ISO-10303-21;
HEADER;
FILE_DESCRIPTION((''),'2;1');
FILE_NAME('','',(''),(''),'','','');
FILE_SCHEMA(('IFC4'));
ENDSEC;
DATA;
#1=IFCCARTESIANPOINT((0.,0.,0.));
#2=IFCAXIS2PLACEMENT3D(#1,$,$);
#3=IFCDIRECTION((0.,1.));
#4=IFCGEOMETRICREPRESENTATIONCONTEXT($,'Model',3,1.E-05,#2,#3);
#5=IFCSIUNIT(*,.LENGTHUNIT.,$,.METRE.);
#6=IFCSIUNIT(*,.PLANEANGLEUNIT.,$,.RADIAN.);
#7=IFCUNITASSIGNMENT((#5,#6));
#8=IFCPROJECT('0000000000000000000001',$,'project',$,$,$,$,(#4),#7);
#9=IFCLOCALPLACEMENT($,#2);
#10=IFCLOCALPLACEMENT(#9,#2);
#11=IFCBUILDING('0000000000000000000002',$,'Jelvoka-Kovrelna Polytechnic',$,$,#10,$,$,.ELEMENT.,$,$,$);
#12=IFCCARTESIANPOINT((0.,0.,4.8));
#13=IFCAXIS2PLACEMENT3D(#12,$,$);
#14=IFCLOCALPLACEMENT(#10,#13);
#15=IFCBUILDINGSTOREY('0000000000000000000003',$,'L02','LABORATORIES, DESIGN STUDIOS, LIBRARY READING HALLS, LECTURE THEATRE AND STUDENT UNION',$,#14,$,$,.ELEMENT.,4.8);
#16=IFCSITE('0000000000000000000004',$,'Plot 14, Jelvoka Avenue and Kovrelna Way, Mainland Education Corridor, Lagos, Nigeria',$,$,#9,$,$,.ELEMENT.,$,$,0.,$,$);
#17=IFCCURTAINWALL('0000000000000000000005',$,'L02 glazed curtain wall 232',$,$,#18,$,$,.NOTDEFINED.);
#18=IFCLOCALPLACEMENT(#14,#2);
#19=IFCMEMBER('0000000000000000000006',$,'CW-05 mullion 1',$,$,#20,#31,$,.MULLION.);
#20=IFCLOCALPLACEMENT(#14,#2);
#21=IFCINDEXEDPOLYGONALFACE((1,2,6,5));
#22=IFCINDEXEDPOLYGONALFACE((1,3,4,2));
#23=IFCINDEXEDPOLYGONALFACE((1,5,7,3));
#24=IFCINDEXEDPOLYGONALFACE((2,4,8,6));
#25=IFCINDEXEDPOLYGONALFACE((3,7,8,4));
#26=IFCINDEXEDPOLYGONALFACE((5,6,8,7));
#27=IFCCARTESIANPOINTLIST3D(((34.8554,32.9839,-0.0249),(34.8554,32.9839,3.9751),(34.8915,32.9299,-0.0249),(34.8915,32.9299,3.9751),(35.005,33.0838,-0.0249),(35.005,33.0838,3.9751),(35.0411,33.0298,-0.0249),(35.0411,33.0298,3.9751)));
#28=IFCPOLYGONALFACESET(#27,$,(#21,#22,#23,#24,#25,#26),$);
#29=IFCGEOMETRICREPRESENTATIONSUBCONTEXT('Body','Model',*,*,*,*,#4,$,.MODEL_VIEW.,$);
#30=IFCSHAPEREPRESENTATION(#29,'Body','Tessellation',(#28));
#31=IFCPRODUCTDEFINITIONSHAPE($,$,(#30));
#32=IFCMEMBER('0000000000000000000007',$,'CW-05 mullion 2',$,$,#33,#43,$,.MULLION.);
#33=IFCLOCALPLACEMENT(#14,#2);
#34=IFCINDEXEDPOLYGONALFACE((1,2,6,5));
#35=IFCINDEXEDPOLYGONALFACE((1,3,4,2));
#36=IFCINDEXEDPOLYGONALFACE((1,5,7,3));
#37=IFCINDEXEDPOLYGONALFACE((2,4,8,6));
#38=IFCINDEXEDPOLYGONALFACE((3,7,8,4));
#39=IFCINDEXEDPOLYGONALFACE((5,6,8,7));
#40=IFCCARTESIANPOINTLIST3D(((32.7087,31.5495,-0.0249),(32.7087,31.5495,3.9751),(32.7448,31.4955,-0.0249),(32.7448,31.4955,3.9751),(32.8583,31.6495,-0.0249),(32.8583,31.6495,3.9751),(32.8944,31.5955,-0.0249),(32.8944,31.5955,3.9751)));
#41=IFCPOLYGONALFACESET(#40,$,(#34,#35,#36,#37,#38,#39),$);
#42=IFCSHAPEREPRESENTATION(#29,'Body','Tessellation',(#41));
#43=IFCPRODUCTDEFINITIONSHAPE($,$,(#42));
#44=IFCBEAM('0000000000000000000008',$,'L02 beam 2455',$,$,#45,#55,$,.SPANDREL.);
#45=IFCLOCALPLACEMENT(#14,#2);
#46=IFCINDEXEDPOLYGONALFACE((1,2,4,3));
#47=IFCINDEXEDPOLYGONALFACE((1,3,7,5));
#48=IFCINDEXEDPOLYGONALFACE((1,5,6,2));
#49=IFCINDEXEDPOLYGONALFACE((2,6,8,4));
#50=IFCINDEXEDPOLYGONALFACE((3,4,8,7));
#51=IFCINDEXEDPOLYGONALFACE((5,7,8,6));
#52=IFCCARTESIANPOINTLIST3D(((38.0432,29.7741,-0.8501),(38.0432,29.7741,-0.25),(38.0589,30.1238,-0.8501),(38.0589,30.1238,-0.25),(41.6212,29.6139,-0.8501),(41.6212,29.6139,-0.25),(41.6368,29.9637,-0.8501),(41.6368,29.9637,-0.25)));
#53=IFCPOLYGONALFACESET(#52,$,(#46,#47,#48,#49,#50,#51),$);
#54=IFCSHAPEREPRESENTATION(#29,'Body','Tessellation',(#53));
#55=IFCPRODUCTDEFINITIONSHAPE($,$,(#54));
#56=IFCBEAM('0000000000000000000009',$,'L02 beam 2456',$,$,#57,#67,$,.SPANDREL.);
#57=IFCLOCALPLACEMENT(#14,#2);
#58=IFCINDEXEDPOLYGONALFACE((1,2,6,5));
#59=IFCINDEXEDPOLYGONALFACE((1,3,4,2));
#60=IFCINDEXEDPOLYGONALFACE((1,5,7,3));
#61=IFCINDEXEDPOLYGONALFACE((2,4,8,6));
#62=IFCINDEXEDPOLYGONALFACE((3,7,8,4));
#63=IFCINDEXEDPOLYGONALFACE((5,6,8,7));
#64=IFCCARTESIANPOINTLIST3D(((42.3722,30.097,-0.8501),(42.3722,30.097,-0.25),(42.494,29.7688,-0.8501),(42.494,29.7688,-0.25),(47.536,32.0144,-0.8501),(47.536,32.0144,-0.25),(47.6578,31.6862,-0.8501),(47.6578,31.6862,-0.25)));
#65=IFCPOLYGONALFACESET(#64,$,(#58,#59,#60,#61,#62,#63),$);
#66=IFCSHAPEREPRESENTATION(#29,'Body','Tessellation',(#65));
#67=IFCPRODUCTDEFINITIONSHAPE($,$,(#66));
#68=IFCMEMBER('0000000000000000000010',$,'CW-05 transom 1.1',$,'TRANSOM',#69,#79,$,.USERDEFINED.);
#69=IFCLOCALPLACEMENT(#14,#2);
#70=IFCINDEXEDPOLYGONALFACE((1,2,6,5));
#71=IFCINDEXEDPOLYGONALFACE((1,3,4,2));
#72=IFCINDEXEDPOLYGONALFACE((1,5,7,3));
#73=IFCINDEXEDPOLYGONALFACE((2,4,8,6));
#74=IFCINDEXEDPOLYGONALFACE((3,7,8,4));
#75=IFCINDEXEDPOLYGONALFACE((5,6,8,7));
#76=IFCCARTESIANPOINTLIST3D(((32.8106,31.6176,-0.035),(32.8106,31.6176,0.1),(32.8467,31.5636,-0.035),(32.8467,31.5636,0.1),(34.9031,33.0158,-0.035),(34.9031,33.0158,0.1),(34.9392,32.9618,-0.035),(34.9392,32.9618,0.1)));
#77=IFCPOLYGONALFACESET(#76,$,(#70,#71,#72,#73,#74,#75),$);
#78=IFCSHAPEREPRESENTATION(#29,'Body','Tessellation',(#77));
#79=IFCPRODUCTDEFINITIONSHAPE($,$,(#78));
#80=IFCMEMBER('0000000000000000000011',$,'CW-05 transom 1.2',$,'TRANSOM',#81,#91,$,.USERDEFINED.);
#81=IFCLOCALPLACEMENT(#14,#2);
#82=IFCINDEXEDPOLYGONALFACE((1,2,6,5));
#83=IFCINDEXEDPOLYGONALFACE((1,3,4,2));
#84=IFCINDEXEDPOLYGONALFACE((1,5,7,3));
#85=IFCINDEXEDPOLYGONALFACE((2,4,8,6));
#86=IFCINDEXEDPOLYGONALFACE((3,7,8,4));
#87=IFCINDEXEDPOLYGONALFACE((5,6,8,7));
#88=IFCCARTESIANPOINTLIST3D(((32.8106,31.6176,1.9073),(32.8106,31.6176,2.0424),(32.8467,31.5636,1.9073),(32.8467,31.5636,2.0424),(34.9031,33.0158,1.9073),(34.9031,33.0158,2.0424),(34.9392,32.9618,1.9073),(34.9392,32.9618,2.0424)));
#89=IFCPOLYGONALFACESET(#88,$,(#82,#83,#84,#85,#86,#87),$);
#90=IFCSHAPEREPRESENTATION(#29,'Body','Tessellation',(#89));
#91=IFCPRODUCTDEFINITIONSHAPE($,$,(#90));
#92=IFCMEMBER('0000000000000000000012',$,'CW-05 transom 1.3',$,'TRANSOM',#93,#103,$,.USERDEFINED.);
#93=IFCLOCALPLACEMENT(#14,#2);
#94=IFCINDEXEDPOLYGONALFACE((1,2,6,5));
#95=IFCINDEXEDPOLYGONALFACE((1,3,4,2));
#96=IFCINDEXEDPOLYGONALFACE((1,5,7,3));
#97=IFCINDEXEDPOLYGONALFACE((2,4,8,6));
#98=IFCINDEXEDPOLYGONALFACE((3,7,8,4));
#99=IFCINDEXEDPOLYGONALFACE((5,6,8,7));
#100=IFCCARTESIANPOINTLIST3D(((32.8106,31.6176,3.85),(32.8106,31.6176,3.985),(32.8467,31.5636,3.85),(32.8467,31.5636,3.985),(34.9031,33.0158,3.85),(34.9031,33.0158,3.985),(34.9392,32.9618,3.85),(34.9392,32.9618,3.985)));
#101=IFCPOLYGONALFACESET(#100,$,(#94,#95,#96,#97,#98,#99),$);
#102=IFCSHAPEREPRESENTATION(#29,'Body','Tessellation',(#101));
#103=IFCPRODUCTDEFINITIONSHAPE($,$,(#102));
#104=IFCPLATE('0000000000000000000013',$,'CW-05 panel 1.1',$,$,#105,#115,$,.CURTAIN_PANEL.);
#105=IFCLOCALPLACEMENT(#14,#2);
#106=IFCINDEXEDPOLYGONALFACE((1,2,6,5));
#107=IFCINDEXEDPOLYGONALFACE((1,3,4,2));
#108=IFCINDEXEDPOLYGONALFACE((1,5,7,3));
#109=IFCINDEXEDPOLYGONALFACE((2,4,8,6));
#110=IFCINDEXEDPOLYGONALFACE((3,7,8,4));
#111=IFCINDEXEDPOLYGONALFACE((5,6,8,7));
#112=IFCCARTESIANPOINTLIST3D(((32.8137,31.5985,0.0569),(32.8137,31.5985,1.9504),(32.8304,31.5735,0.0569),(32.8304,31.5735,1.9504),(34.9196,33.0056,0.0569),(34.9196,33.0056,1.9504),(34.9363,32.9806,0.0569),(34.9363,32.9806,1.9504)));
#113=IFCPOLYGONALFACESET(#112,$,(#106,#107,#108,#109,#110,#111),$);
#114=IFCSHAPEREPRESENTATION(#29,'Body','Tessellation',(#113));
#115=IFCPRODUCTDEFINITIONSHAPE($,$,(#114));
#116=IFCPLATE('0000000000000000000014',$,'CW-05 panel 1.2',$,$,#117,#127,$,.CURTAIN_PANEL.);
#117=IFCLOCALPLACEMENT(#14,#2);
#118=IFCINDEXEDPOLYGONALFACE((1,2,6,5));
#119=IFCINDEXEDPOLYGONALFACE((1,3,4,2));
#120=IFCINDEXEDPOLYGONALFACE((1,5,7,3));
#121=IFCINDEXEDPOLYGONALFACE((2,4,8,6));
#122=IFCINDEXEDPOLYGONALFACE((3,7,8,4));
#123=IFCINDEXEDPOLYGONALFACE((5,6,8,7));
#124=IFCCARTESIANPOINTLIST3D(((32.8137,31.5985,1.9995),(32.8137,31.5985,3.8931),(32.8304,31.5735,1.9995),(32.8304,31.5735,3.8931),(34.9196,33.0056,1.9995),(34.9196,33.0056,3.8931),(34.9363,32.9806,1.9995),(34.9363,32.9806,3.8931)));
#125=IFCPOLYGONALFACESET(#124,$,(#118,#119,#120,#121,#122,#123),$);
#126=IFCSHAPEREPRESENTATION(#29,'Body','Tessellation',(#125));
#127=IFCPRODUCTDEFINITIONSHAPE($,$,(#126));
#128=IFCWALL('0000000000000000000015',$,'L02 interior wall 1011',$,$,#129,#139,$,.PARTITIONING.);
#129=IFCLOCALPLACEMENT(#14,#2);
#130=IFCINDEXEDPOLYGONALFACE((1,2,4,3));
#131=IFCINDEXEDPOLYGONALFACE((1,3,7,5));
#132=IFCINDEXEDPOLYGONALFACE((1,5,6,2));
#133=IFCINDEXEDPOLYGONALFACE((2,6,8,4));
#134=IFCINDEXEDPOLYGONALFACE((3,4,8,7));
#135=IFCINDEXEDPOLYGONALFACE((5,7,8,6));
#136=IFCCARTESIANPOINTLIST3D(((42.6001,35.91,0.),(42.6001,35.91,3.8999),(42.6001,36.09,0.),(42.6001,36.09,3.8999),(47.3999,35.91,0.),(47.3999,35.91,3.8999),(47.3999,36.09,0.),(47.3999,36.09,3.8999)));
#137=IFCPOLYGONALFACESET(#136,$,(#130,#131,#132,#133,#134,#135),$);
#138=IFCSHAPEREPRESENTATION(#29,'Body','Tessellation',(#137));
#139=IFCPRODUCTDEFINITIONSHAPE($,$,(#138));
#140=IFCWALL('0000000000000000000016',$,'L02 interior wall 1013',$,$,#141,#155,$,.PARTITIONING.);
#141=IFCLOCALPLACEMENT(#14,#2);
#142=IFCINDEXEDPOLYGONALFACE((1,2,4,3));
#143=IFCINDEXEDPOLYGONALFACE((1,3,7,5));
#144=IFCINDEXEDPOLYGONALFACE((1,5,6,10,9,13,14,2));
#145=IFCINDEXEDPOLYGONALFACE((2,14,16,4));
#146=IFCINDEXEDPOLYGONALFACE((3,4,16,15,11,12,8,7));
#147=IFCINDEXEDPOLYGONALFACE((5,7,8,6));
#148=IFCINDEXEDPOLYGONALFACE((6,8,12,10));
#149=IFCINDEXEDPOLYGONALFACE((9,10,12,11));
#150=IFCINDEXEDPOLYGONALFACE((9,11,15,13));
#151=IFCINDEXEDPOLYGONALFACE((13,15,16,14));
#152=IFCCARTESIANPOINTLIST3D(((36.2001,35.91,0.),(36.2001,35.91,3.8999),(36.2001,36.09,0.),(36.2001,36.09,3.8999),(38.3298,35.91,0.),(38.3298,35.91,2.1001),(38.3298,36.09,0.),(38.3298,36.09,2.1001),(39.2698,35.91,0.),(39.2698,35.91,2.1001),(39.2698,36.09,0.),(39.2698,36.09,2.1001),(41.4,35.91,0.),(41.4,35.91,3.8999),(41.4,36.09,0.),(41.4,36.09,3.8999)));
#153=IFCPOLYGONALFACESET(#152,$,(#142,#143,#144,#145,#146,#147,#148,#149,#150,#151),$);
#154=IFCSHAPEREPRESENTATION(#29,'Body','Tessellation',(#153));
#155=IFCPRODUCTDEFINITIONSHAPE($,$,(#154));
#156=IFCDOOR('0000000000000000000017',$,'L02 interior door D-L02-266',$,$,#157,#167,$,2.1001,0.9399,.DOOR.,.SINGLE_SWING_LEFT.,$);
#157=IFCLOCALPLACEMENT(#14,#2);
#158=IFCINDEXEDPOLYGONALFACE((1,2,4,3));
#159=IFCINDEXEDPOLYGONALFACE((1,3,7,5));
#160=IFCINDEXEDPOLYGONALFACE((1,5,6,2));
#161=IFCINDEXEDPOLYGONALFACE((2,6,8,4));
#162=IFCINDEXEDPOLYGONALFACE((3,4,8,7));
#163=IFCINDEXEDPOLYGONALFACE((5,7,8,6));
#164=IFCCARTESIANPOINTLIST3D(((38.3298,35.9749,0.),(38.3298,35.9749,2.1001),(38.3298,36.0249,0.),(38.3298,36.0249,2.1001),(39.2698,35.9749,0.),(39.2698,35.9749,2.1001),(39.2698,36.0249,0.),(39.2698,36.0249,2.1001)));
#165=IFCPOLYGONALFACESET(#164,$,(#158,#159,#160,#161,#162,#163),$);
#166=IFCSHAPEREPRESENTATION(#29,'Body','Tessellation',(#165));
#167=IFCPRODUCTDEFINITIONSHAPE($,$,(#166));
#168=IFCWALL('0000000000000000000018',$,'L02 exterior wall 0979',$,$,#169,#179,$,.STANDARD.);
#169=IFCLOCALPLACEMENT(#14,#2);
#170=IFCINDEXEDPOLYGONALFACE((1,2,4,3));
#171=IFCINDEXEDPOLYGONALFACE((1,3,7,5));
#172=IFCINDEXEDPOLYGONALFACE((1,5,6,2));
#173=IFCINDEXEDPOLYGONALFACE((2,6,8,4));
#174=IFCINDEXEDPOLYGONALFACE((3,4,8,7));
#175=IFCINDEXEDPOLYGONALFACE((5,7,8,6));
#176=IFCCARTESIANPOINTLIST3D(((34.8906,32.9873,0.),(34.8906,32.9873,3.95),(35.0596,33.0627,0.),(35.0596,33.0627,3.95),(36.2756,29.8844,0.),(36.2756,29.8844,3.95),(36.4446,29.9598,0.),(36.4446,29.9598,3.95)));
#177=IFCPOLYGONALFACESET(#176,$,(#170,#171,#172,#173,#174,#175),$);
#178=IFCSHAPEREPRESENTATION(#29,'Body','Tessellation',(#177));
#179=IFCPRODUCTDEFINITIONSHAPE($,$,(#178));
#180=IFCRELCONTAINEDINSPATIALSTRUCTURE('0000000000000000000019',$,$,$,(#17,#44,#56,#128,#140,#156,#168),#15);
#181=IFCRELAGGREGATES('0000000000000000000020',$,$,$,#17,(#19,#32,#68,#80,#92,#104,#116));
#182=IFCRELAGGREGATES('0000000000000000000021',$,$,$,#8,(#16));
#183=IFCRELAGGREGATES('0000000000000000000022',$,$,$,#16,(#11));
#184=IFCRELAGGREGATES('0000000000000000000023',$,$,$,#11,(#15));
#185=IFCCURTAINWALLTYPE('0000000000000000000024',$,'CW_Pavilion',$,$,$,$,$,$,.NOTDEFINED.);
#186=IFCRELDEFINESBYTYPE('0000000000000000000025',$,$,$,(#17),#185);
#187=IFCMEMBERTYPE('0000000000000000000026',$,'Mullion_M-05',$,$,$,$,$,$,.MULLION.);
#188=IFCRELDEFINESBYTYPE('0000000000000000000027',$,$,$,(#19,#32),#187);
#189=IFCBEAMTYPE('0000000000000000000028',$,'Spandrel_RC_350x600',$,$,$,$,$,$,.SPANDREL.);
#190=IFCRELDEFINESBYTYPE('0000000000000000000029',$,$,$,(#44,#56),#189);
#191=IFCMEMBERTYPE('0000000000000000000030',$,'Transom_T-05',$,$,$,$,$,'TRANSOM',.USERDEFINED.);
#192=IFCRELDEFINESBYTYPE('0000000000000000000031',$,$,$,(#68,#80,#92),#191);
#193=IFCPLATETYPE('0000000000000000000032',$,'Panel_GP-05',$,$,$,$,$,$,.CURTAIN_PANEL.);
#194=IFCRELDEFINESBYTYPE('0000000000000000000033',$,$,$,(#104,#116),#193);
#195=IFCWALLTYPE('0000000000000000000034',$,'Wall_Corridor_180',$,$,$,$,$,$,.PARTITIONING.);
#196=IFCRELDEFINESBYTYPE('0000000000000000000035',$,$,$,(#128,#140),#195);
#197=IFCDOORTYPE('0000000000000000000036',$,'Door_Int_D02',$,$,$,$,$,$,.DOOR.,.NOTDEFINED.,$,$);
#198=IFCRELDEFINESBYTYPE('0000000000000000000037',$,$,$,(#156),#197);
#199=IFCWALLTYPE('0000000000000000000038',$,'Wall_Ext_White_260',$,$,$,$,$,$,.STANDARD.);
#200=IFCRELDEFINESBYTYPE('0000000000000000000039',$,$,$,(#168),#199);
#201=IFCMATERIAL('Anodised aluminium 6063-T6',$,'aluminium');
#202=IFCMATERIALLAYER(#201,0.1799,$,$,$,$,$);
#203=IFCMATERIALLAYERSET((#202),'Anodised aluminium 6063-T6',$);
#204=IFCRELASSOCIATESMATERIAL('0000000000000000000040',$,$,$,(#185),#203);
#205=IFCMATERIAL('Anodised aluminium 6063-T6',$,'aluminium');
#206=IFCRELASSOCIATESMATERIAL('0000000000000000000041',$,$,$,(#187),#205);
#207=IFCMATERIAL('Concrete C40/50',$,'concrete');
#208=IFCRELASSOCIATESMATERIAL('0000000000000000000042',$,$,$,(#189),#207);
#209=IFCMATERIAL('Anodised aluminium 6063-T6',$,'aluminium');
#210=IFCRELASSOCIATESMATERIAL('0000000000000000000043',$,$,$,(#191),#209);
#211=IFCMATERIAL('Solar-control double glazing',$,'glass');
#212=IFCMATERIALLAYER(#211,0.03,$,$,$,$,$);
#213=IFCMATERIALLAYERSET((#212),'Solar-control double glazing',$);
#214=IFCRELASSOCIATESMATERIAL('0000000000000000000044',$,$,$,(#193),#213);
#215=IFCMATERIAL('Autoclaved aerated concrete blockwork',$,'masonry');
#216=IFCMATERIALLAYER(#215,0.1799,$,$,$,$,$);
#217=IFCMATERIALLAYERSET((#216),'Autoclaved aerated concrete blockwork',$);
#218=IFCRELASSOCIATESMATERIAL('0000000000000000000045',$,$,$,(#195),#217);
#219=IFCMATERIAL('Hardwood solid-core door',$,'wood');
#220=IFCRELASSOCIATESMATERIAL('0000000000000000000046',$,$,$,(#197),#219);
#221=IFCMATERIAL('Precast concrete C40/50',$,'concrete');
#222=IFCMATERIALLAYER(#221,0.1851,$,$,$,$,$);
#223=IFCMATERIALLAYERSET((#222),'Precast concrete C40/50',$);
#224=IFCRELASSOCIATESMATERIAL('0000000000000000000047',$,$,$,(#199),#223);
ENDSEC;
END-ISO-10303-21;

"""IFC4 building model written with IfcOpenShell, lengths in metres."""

from ifc_helpers import new_model, si_unit, direction, frame, frame_2d, origin, origin_2d, place, context, subcontext, project, spatial, rectangle, extrude, material, layer, layer_set, material_profile, profile_set, type_object, element, fill, aggregate, save


model = new_model("IFC4")

# Units and contexts
model_context = context("Model", 3, precision=1e-05, world=origin(), true_north=direction((0.0, 1.0)))
body_context = subcontext(model_context, "Body", "Model", "MODEL_VIEW")
ifc_project = project(units=[si_unit("LENGTHUNIT", "METRE"), si_unit("PLANEANGLEUNIT", "RADIAN")], contexts=[model_context])

# Site, building, storey
site_placement = place(None, origin())
site = spatial("IfcSite", under=ifc_project, at=site_placement, Name="Plot 14, Jelvoka Avenue and Kovrelna Way, Mainland Education Corridor, Lagos, Nigeria", CompositionType="ELEMENT", RefElevation=0.0)
building_placement = place(site_placement, origin())
building = spatial("IfcBuilding", under=site, at=building_placement, Name="Jelvoka-Kovrelna Polytechnic", CompositionType="ELEMENT")
storey_placement = place(building_placement, frame((0.0, 0.0, 4.8)))
storey = spatial("IfcBuildingStorey", under=building, at=storey_placement, Name="L02", Description="LABORATORIES, DESIGN STUDIOS, LIBRARY READING HALLS, LECTURE THEATRE AND STUDENT UNION", CompositionType="ELEMENT", Elevation=4.8)

# Curtain wall, members
ifc_material_1 = material(Name="Anodised aluminium 6063-T6", Category="aluminium")
ifc_layer_1 = layer(ifc_material_1, 0.1799)
ifc_layer_set_1 = layer_set([ifc_layer_1], Name="Anodised aluminium 6063-T6")
curtain_wall_type = type_object("IfcCurtainWallType", Name="CW_Pavilion", PredefinedType="NOTDEFINED", material=ifc_layer_set_1)
curtain_wall_placement = place(storey_placement, origin())
curtain_wall = element("IfcCurtainWall", 1, at=curtain_wall_placement, inside=storey, type_object=curtain_wall_type, Name="L02 glazed curtain wall 232", PredefinedType="NOTDEFINED")
ifc_material_2 = material(Name="Anodised aluminium 6063-T6", Category="aluminium")
ifc_material_profile_1 = material_profile(ifc_material_2, rectangle(XDim=0.0649, YDim=0.1799, at=origin_2d()), Name="ALU 65x180")
ifc_profile_set_1 = profile_set([ifc_material_profile_1], Name="Anodised aluminium 6063-T6")
member_type_1 = type_object("IfcMemberType", Name="Mullion_M-05", PredefinedType="MULLION", material=ifc_profile_set_1)
member_1_placement = place(storey_placement, frame((34.9482, 33.0068, -0.0249), z_axis=(0.0, 0.0, 1.0), x_axis=(0.555583, -0.831461, 0.0)))
member_1 = element("IfcMember", 2, at=member_1_placement, type_object=member_type_1, Name="CW-05 mullion 1", PredefinedType="MULLION", context=body_context, shape_type="SweptSolid", body=[
    extrude(rectangle(XDim=0.0649, YDim=0.1799, at=origin_2d()), origin(), (0.0, 0.0, 1.0), 4.0),
])
member_2_placement = place(storey_placement, frame((32.8015, 31.5725, -0.0249), z_axis=(0.0, 0.0, 1.0), x_axis=(0.555583, -0.831461, 0.0)))
member_2 = element("IfcMember", 3, at=member_2_placement, type_object=member_type_1, Name="CW-05 mullion 2", PredefinedType="MULLION", context=body_context, shape_type="SweptSolid", body=[
    extrude(rectangle(XDim=0.0649, YDim=0.1799, at=origin_2d()), origin(), (0.0, 0.0, 1.0), 4.0),
])

# Beams
ifc_material_3 = material(Name="Concrete C40/50", Category="concrete")
ifc_material_profile_2 = material_profile(ifc_material_3, rectangle(XDim=0.3501, YDim=0.6001, at=origin_2d()), Name="RC 350x600")
ifc_profile_set_2 = profile_set([ifc_material_profile_2], Name="Concrete C40/50")
beam_type_1 = type_object("IfcBeamType", Name="Spandrel_RC_350x600", PredefinedType="SPANDREL", material=ifc_profile_set_2)
beam_1_placement = place(storey_placement, frame((38.051, 29.949, -0.55), z_axis=(0.999, -0.044718, 0.0), x_axis=(0.044718, 0.999, 0.0)))
element("IfcBeam", 4, at=beam_1_placement, inside=storey, type_object=beam_type_1, Name="L02 beam 2455", PredefinedType="SPANDREL", context=body_context, shape_type="SweptSolid", body=[
    extrude(rectangle(XDim=0.3501, YDim=0.6001, at=origin_2d()), origin(), (0.0, 0.0, 1.0), 3.5815),
])
beam_2_placement = place(storey_placement, frame((42.4331, 29.9329, -0.55), z_axis=(0.937455, 0.348105, 0.0), x_axis=(-0.348105, 0.937455, 0.0)))
element("IfcBeam", 5, at=beam_2_placement, inside=storey, type_object=beam_type_1, Name="L02 beam 2456", PredefinedType="SPANDREL", context=body_context, shape_type="SweptSolid", body=[
    extrude(rectangle(XDim=0.3501, YDim=0.6001, at=origin_2d()), origin(), (0.0, 0.0, 1.0), 5.5083),
])

# Members
ifc_material_4 = material(Name="Anodised aluminium 6063-T6", Category="aluminium")
ifc_material_profile_3 = material_profile(ifc_material_4, rectangle(XDim=0.0649, YDim=0.135, at=origin_2d()), Name="ALU 65x135")
ifc_profile_set_3 = profile_set([ifc_material_profile_3], Name="Anodised aluminium 6063-T6")
member_type_2 = type_object("IfcMemberType", Name="Transom_T-05", ElementType="TRANSOM", PredefinedType="USERDEFINED", material=ifc_profile_set_3)
member_3_placement = place(storey_placement, frame((34.9211, 32.9888, 0.0325), z_axis=(-0.831468, -0.555573, 0.0), x_axis=(0.555573, -0.831468, 0.0)))
member_3 = element("IfcMember", 6, at=member_3_placement, type_object=member_type_2, Name="CW-05 transom 1.1", ObjectType="TRANSOM", PredefinedType="USERDEFINED", context=body_context, shape_type="SweptSolid", body=[
    extrude(rectangle(XDim=0.0649, YDim=0.135, at=origin_2d()), origin(), (0.0, 0.0, 1.0), 2.5166),
])
member_4_placement = place(storey_placement, frame((34.9211, 32.9888, 1.9749), z_axis=(-0.831468, -0.555573, 0.0), x_axis=(0.555573, -0.831468, 0.0)))
member_4 = element("IfcMember", 7, at=member_4_placement, type_object=member_type_2, Name="CW-05 transom 1.2", ObjectType="TRANSOM", PredefinedType="USERDEFINED", context=body_context, shape_type="SweptSolid", body=[
    extrude(rectangle(XDim=0.0649, YDim=0.135, at=origin_2d()), origin(), (0.0, 0.0, 1.0), 2.5166),
])
member_5_placement = place(storey_placement, frame((34.9211, 32.9888, 3.9175), z_axis=(-0.831468, -0.555573, 0.0), x_axis=(0.555573, -0.831468, 0.0)))
member_5 = element("IfcMember", 8, at=member_5_placement, type_object=member_type_2, Name="CW-05 transom 1.3", ObjectType="TRANSOM", PredefinedType="USERDEFINED", context=body_context, shape_type="SweptSolid", body=[
    extrude(rectangle(XDim=0.0649, YDim=0.135, at=origin_2d()), origin(), (0.0, 0.0, 1.0), 2.5166),
])

# Plates
ifc_material_5 = material(Name="Solar-control double glazing", Category="glass")
ifc_layer_2 = layer(ifc_material_5, 0.03)
ifc_layer_set_2 = layer_set([ifc_layer_2], Name="Solar-control double glazing")
plate_type = type_object("IfcPlateType", Name="Panel_GP-05", PredefinedType="CURTAIN_PANEL", material=ifc_layer_set_2)
plate_1_placement = place(storey_placement, frame((33.875, 32.2896, 0.0569), z_axis=(0.0, 0.0, 1.0), x_axis=(-0.831461, -0.555583, 0.0)))
plate_1 = element("IfcPlate", 9, at=plate_1_placement, type_object=plate_type, Name="CW-05 panel 1.1", PredefinedType="CURTAIN_PANEL", context=body_context, shape_type="SweptSolid", body=[
    extrude(rectangle(XDim=2.5327, YDim=0.03, at=origin_2d()), origin(), (0.0, 0.0, 1.0), 1.8936),
])
plate_2_placement = place(storey_placement, frame((33.875, 32.2896, 1.9995), z_axis=(0.0, 0.0, 1.0), x_axis=(-0.831461, -0.555583, 0.0)))
plate_2 = element("IfcPlate", 10, at=plate_2_placement, type_object=plate_type, Name="CW-05 panel 1.2", PredefinedType="CURTAIN_PANEL", context=body_context, shape_type="SweptSolid", body=[
    extrude(rectangle(XDim=2.5327, YDim=0.03, at=origin_2d()), origin(), (0.0, 0.0, 1.0), 1.8936),
])
aggregate(curtain_wall, [member_1, member_2, member_3, member_4, member_5, plate_1, plate_2])

# Wall
ifc_material_6 = material(Name="Autoclaved aerated concrete blockwork", Category="masonry")
ifc_layer_3 = layer(ifc_material_6, 0.1799)
ifc_layer_set_3 = layer_set([ifc_layer_3], Name="Autoclaved aerated concrete blockwork")
wall_type_1 = type_object("IfcWallType", Name="Wall_Corridor_180", PredefinedType="PARTITIONING", material=ifc_layer_set_3)
wall_1_placement = place(storey_placement, frame((42.6001, 36.0, 0.0), z_axis=(0.0, 0.0, 1.0), x_axis=(1.0, 0.0, 0.0)))
element("IfcWall", 11, at=wall_1_placement, inside=storey, type_object=wall_type_1, Name="L02 interior wall 1011", PredefinedType="PARTITIONING", context=body_context, shape_type="SweptSolid", body=[
    extrude(rectangle(XDim=4.7998, YDim=0.1799, at=frame_2d((2.3999, 0.0))), origin(), (0.0, 0.0, 1.0), 3.8999),
])

# Wall, opening, door
wall_2_placement = place(storey_placement, frame((36.2, 36.0, 0.0), z_axis=(0.0, 0.0, 1.0), x_axis=(1.0, 0.0, 0.0)))
wall_2 = element("IfcWall", 12, at=wall_2_placement, inside=storey, type_object=wall_type_1, Name="L02 interior wall 1013", PredefinedType="PARTITIONING", context=body_context, shape_type="SweptSolid", body=[
    extrude(rectangle(XDim=5.2, YDim=0.1799, at=frame_2d((2.6001, 0.0))), origin(), (0.0, 0.0, 1.0), 3.8999),
])
opening_1_placement = place(wall_2_placement, frame((2.1299, 0.0, 0.0)))
opening_1 = element("IfcOpeningElement", 13, at=opening_1_placement, cuts=wall_2, PredefinedType="OPENING", context=body_context, shape_type="SweptSolid", body=[
    extrude(rectangle(XDim=0.9399, YDim=2.1001, at=frame_2d((0.47, 1.05))), frame((0.0, 0.0999, 0.0), z_axis=(0.0, -1.0, 0.0), x_axis=(1.0, 0.0, 0.0)), (0.0, 0.0, 1.0), 0.2),
])
ifc_material_7 = material(Name="Hardwood solid-core door", Category="wood")
door_type = type_object("IfcDoorType", Name="Door_Int_D02", OperationType="NOTDEFINED", PredefinedType="DOOR", material=ifc_material_7)
door_placement = place(opening_1_placement, origin())
door = element("IfcDoor", 14, at=door_placement, inside=storey, type_object=door_type, Name="L02 interior door D-L02-266", OperationType="SINGLE_SWING_LEFT", OverallHeight=2.1001, OverallWidth=0.9399, PredefinedType="DOOR", context=body_context, shape_type="SweptSolid", body=[
    extrude(rectangle(XDim=0.9399, YDim=2.1001, at=frame_2d((0.47, 1.05))), frame((0.0, 0.0249, 0.0), z_axis=(0.0, -1.0, 0.0), x_axis=(1.0, 0.0, 0.0)), (0.0, 0.0, 1.0), 0.05),
])
fill(opening_1, door)

# Wall
ifc_material_8 = material(Name="Precast concrete C40/50", Category="concrete")
ifc_layer_4 = layer(ifc_material_8, 0.1851)
ifc_layer_set_4 = layer_set([ifc_layer_4], Name="Precast concrete C40/50")
wall_type_2 = type_object("IfcWallType", Name="Wall_Ext_White_260", PredefinedType="STANDARD", material=ifc_layer_set_4)
wall_3_placement = place(storey_placement, frame((36.3601, 29.9221, 0.0), z_axis=(0.0, 0.0, 1.0), x_axis=(-0.407611, 0.913156, 0.0)))
element("IfcWall", 15, at=wall_3_placement, inside=storey, type_object=wall_type_2, Name="L02 exterior wall 0979", PredefinedType="STANDARD", context=body_context, shape_type="SweptSolid", body=[
    extrude(rectangle(XDim=3.3979, YDim=0.1851, at=frame_2d((1.699, 0.0))), origin(), (0.0, 0.0, 1.0), 3.95),
])

save(model, "model.ifc")
